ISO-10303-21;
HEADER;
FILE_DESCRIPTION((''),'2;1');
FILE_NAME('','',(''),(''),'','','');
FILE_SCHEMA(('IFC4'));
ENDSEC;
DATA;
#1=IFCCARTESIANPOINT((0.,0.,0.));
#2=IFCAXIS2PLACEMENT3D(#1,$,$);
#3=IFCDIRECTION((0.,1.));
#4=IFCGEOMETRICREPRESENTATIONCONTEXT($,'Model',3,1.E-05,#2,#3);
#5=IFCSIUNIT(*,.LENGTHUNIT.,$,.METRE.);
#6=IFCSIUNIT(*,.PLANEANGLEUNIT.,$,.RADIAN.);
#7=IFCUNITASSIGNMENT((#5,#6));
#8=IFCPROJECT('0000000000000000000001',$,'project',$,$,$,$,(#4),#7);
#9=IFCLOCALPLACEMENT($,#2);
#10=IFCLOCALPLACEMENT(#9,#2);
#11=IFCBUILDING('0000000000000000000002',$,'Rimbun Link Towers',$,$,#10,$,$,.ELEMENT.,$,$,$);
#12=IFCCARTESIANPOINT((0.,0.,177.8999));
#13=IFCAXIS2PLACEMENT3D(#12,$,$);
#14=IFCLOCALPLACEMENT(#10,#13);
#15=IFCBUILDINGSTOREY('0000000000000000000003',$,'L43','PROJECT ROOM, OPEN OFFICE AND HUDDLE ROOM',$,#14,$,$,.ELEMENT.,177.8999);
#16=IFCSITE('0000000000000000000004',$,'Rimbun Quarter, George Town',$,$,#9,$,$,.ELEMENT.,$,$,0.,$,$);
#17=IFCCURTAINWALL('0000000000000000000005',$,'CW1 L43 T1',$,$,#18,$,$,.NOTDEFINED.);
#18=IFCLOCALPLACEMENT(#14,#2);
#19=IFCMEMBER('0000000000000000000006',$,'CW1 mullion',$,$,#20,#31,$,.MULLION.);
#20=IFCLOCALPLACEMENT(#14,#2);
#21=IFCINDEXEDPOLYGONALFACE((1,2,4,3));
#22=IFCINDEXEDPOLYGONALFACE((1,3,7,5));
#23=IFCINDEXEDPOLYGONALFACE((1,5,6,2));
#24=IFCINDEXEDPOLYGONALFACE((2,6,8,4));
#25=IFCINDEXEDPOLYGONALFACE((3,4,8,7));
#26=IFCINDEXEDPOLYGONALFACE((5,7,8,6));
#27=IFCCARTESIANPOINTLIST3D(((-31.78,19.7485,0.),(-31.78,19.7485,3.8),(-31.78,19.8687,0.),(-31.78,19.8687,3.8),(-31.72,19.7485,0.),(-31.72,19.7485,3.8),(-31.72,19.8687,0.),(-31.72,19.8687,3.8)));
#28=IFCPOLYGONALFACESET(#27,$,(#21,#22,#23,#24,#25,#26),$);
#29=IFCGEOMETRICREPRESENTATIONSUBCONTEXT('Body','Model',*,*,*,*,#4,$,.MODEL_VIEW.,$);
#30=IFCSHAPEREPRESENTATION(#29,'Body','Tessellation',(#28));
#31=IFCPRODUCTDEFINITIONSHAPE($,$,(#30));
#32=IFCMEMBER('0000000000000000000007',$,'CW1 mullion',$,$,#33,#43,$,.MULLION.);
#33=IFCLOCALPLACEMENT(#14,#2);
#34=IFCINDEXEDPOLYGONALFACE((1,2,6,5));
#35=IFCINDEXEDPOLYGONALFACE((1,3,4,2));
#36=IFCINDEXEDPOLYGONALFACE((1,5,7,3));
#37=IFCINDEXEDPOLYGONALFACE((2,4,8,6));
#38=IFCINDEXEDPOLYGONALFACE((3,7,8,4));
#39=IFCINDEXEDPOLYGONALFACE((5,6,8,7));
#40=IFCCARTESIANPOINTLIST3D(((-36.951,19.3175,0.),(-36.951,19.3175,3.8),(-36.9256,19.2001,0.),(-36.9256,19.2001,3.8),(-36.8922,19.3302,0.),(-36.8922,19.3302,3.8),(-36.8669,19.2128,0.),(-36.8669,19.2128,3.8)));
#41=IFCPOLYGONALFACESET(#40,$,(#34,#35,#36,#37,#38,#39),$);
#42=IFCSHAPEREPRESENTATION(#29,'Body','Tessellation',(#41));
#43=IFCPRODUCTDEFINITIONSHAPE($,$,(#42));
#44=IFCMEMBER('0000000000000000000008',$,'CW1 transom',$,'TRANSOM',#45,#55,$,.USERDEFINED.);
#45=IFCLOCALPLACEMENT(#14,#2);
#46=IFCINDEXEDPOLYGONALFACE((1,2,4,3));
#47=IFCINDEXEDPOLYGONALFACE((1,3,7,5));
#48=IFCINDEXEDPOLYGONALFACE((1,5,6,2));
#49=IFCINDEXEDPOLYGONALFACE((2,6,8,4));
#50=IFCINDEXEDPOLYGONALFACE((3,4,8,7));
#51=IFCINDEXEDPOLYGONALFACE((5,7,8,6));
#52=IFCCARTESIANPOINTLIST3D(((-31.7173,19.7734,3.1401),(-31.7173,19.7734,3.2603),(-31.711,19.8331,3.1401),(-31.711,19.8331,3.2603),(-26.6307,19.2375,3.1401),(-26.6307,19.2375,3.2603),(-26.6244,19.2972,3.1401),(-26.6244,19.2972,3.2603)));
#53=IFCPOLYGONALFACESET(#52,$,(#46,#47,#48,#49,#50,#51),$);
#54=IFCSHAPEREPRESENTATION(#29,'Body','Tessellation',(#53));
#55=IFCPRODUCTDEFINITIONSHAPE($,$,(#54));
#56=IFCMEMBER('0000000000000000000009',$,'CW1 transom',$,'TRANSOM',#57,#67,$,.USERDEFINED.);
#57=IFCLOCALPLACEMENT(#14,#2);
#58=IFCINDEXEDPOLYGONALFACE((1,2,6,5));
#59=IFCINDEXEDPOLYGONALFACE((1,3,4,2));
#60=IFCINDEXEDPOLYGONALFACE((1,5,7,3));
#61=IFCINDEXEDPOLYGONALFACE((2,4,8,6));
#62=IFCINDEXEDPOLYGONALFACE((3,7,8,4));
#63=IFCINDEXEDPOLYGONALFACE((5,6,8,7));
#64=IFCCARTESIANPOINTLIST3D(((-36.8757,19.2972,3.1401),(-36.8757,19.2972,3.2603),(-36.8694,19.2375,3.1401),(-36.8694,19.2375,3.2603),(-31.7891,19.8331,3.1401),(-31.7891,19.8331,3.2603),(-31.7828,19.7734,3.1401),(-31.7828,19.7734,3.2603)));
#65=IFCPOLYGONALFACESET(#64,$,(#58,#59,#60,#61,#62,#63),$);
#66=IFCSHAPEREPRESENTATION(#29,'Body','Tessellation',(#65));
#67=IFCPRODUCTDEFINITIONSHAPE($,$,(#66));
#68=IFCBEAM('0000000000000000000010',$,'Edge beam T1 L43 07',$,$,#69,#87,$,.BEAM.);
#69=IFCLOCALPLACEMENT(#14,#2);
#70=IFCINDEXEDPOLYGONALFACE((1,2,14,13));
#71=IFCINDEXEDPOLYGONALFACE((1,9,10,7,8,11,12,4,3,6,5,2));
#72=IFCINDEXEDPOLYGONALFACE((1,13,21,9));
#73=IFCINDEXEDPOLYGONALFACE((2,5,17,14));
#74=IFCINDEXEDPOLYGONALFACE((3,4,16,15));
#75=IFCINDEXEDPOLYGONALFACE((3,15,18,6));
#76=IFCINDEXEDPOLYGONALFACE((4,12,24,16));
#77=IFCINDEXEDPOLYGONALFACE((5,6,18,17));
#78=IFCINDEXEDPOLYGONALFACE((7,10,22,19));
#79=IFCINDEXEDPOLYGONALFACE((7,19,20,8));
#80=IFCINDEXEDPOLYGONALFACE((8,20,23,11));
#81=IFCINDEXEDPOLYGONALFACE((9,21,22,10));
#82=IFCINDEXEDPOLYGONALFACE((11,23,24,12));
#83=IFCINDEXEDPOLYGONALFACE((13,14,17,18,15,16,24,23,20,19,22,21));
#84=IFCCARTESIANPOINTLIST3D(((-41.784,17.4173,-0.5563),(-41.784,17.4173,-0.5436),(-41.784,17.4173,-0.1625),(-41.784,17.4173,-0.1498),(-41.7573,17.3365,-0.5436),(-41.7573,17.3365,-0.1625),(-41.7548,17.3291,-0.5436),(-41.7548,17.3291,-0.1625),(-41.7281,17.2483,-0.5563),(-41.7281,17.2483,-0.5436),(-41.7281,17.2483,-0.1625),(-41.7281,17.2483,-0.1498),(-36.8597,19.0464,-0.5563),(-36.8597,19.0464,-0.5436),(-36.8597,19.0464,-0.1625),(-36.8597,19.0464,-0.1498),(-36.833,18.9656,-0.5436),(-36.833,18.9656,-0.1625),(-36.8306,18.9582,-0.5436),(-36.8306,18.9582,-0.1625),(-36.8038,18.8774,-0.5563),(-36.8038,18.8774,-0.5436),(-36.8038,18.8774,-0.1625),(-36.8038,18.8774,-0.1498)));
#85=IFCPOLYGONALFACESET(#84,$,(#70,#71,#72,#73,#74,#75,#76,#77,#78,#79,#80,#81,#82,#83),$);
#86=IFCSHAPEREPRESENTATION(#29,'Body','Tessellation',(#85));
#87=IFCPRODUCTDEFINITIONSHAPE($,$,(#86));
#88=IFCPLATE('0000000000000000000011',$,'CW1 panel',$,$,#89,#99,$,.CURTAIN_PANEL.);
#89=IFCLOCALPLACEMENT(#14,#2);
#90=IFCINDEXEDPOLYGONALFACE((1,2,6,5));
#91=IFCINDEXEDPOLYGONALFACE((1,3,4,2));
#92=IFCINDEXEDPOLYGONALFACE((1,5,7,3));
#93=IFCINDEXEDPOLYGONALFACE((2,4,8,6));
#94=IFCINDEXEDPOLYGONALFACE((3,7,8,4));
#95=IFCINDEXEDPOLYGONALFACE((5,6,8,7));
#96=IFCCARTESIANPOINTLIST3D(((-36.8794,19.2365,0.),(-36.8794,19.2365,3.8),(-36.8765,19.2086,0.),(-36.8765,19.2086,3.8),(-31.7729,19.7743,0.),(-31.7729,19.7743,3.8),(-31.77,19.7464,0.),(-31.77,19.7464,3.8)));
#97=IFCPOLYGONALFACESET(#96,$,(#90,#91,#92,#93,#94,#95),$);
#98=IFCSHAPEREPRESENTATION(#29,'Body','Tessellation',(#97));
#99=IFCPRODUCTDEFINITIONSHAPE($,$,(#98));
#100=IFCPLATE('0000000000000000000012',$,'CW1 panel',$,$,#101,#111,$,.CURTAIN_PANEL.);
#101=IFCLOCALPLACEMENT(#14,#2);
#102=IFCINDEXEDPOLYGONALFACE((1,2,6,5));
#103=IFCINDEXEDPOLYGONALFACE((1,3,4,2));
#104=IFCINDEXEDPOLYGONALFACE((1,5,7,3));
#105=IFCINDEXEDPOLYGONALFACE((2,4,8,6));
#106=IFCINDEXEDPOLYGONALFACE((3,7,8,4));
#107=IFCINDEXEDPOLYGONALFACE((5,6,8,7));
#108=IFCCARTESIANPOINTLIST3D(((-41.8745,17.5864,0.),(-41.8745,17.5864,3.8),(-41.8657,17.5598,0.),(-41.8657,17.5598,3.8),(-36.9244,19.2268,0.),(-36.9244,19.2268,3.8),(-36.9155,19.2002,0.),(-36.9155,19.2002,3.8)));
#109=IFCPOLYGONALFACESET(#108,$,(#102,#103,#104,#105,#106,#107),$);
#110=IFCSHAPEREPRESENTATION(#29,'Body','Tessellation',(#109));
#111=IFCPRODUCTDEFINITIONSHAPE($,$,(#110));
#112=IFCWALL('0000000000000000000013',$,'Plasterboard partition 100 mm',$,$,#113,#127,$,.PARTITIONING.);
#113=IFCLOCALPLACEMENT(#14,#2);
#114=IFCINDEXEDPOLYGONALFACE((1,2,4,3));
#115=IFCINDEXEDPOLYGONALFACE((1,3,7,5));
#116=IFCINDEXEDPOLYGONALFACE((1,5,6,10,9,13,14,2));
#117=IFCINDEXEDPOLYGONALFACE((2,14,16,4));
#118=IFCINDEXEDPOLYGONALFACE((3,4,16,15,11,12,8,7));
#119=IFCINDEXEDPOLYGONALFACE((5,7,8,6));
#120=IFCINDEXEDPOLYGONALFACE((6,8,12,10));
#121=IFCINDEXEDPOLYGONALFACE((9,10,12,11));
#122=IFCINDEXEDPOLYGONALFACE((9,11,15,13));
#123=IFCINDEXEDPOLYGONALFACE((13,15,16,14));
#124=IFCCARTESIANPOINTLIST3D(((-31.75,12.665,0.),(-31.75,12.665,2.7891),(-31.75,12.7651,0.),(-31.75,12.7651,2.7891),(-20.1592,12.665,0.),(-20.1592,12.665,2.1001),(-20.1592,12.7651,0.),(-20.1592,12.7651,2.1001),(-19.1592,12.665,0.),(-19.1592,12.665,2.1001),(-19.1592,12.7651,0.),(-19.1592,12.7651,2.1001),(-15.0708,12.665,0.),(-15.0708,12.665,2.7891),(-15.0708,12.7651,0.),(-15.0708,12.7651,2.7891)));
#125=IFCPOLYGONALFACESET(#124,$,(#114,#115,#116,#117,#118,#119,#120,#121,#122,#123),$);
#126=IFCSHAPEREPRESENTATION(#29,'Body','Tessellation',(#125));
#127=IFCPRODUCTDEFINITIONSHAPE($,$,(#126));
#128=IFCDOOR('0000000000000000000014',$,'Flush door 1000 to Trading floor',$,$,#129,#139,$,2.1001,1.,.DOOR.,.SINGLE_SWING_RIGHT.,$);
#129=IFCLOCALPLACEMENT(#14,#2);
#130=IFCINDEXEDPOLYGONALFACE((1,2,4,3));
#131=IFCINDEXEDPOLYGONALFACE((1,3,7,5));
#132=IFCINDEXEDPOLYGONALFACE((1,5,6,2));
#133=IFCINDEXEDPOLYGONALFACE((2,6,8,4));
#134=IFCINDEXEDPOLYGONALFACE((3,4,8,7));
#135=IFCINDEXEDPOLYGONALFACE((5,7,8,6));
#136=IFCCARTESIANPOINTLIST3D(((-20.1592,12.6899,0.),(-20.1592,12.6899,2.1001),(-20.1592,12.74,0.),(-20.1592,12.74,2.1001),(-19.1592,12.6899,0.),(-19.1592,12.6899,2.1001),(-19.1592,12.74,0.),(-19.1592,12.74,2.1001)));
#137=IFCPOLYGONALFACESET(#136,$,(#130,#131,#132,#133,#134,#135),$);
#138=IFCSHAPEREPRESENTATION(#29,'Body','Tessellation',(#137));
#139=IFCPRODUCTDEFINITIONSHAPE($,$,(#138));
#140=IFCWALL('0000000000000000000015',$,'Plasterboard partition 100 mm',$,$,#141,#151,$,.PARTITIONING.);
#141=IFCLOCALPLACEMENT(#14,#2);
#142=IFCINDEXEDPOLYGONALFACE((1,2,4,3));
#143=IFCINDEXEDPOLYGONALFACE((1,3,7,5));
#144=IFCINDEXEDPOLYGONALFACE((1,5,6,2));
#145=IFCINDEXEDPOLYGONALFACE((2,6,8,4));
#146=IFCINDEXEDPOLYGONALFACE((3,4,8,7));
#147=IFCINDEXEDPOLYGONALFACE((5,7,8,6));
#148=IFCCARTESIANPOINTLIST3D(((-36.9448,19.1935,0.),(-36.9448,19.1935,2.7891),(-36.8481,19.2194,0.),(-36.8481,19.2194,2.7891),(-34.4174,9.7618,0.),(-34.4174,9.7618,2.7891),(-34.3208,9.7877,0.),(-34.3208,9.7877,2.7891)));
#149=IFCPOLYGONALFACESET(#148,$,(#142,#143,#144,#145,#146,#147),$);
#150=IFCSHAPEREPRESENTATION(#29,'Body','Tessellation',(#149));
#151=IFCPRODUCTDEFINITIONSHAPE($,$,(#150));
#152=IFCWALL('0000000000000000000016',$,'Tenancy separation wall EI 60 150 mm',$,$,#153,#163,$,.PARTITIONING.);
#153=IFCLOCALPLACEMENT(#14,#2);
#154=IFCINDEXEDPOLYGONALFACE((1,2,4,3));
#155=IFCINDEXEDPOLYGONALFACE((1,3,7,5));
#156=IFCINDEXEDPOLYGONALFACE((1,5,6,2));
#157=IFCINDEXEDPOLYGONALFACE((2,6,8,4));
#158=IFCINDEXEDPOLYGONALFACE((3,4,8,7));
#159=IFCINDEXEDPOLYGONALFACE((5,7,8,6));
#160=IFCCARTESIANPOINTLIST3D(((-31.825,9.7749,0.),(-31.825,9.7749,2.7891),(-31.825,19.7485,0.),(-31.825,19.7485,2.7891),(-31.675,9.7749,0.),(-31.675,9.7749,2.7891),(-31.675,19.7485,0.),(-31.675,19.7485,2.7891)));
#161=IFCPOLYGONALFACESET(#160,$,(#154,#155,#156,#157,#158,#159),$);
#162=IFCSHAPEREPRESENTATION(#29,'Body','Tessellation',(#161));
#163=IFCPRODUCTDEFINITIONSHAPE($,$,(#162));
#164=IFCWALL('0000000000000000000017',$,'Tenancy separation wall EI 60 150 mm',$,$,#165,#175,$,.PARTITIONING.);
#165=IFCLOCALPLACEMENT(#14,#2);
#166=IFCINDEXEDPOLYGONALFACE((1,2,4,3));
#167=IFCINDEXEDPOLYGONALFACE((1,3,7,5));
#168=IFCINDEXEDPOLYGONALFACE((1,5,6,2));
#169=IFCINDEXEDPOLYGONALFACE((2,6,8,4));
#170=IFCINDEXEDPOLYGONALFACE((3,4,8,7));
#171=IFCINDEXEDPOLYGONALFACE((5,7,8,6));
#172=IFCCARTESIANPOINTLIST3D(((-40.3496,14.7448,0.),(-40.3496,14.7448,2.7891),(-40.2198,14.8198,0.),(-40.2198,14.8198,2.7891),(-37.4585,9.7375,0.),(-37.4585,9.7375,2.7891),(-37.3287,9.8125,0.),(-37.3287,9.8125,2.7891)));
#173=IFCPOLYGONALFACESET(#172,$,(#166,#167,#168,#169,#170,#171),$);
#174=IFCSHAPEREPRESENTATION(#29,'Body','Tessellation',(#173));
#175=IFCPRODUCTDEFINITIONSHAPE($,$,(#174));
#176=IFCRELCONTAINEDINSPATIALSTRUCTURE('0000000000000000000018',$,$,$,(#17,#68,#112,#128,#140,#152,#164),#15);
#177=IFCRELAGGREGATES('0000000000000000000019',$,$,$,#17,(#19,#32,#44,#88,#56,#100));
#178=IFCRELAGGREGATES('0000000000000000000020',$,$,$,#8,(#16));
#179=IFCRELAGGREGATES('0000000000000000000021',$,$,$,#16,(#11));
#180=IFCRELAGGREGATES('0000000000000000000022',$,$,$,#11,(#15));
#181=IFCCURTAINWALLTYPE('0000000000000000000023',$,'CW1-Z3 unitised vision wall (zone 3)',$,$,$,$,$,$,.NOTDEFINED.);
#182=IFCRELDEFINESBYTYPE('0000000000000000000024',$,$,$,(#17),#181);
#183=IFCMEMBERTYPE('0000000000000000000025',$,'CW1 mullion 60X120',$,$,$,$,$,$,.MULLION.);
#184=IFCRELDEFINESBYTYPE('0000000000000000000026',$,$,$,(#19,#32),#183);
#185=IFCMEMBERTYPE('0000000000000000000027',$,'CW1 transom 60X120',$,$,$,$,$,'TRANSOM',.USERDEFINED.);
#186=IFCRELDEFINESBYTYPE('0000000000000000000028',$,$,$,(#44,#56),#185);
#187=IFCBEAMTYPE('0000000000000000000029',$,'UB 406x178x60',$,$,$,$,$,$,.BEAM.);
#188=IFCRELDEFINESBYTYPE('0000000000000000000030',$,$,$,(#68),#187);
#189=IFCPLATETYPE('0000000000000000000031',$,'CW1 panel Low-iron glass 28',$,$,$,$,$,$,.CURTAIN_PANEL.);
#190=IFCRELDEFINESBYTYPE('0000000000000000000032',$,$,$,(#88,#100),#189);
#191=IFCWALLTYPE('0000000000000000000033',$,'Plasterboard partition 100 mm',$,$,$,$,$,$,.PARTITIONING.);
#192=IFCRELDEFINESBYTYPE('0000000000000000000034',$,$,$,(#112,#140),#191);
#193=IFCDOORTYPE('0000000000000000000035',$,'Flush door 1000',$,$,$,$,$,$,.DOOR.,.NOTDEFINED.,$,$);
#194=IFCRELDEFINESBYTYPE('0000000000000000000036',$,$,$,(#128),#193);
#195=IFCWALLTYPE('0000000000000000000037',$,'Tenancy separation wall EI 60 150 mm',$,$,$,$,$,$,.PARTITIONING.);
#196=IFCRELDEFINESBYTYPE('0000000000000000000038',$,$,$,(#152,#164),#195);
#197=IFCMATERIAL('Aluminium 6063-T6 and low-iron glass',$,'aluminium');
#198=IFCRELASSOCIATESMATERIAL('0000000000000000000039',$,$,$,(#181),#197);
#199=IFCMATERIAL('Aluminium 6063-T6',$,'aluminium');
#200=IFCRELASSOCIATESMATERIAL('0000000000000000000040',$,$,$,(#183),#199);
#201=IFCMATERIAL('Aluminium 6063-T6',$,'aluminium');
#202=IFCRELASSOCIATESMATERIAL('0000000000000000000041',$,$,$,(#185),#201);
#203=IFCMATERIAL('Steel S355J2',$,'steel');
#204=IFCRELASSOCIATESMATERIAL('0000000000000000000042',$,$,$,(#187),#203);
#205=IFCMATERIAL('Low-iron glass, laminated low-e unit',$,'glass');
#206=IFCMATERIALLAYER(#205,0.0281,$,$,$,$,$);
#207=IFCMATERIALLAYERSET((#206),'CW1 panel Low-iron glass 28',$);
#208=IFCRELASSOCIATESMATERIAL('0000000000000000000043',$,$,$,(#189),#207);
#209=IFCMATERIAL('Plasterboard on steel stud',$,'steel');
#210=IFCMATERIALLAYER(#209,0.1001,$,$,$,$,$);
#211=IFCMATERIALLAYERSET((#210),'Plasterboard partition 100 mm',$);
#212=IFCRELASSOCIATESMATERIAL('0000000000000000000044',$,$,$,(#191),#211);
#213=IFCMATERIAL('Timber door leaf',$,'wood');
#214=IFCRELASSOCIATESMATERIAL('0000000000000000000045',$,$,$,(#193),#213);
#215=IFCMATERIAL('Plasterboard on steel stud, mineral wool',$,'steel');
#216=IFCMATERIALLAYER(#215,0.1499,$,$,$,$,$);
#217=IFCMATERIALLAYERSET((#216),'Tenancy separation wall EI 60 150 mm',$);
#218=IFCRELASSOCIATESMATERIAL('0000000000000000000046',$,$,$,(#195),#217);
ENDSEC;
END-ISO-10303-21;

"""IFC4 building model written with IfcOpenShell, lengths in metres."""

from ifc_helpers import new_model, si_unit, direction, frame, frame_2d, origin, origin_2d, place, context, subcontext, project, spatial, rectangle, i_section, extrude, material, layer, layer_set, material_profile, profile_set, type_object, element, fill, aggregate, save


model = new_model("IFC4")

# Units and contexts
model_context = context("Model", 3, precision=1e-05, world=origin(), true_north=direction((0.0, 1.0)))
body_context = subcontext(model_context, "Body", "Model", "MODEL_VIEW")
ifc_project = project(units=[si_unit("LENGTHUNIT", "METRE"), si_unit("PLANEANGLEUNIT", "RADIAN")], contexts=[model_context])

# Site, building, storey
site_placement = place(None, origin())
site = spatial("IfcSite", under=ifc_project, at=site_placement, Name="Rimbun Quarter, George Town", CompositionType="ELEMENT", RefElevation=0.0)
building_placement = place(site_placement, origin())
building = spatial("IfcBuilding", under=site, at=building_placement, Name="Rimbun Link Towers", CompositionType="ELEMENT")
storey_placement = place(building_placement, frame((0.0, 0.0, 177.8999)))
storey = spatial("IfcBuildingStorey", under=building, at=storey_placement, Name="L43", Description="PROJECT ROOM, OPEN OFFICE AND HUDDLE ROOM", CompositionType="ELEMENT", Elevation=177.8999)

# Curtain wall, members
ifc_material_1 = material(Name="Aluminium 6063-T6 and low-iron glass", Category="aluminium")
curtain_wall_type = type_object("IfcCurtainWallType", Name="CW1-Z3 unitised vision wall (zone 3)", PredefinedType="NOTDEFINED", material=ifc_material_1)
curtain_wall_placement = place(storey_placement, origin())
curtain_wall = element("IfcCurtainWall", 1, at=curtain_wall_placement, inside=storey, type_object=curtain_wall_type, Name="CW1 L43 T1", PredefinedType="NOTDEFINED")
ifc_material_2 = material(Name="Aluminium 6063-T6", Category="aluminium")
ifc_material_profile_1 = material_profile(ifc_material_2, rectangle(XDim=0.1201, YDim=0.0601, at=origin_2d()), Name="MULLION 60X120")
ifc_profile_set_1 = profile_set([ifc_material_profile_1], Name="Aluminium 6063-T6")
member_type_1 = type_object("IfcMemberType", Name="CW1 mullion 60X120", PredefinedType="MULLION", material=ifc_profile_set_1)
member_1_placement = place(storey_placement, frame((-31.75, 19.8086, 0.0), z_axis=(0.0, 0.0, 1.0), x_axis=(0.0, 1.0, 0.0)))
member_1 = element("IfcMember", 2, at=member_1_placement, type_object=member_type_1, Name="CW1 mullion", PredefinedType="MULLION", context=body_context, shape_type="SweptSolid", body=[
    extrude(rectangle(XDim=0.1201, YDim=0.0601, at=origin_2d()), origin(), (0.0, 0.0, 1.0), 3.8),
])
member_2_placement = place(storey_placement, frame((-36.9089, 19.2651, 0.0), z_axis=(0.0, 0.0, 1.0), x_axis=(-0.210867, 0.977515, 0.0)))
member_2 = element("IfcMember", 3, at=member_2_placement, type_object=member_type_1, Name="CW1 mullion", PredefinedType="MULLION", context=body_context, shape_type="SweptSolid", body=[
    extrude(rectangle(XDim=0.1201, YDim=0.0601, at=origin_2d()), origin(), (0.0, 0.0, 1.0), 3.8),
])
ifc_material_3 = material(Name="Aluminium 6063-T6", Category="aluminium")
ifc_material_profile_2 = material_profile(ifc_material_3, rectangle(XDim=0.0601, YDim=0.1201, at=origin_2d()), Name="TRANSOM 60X120")
ifc_profile_set_2 = profile_set([ifc_material_profile_2], Name="Aluminium 6063-T6")
member_type_2 = type_object("IfcMemberType", Name="CW1 transom 60X120", ElementType="TRANSOM", PredefinedType="USERDEFINED", material=ifc_profile_set_2)
member_3_placement = place(storey_placement, frame((-31.7141, 19.8032, 3.2002), z_axis=(0.994496, -0.104772, 0.0), x_axis=(0.104772, 0.994496, 0.0)))
member_3 = element("IfcMember", 4, at=member_3_placement, type_object=member_type_2, Name="CW1 transom", ObjectType="TRANSOM", PredefinedType="USERDEFINED", context=body_context, shape_type="SweptSolid", body=[
    extrude(rectangle(XDim=0.0601, YDim=0.1201, at=origin_2d()), origin(), (0.0, 0.0, 1.0), 5.1147),
])
member_4_placement = place(storey_placement, frame((-36.8726, 19.2673, 3.2002), z_axis=(0.994496, 0.104772, 0.0), x_axis=(-0.104772, 0.994496, 0.0)))
member_4 = element("IfcMember", 5, at=member_4_placement, type_object=member_type_2, Name="CW1 transom", ObjectType="TRANSOM", PredefinedType="USERDEFINED", context=body_context, shape_type="SweptSolid", body=[
    extrude(rectangle(XDim=0.0601, YDim=0.1201, at=origin_2d()), origin(), (0.0, 0.0, 1.0), 5.1147),
])

# Beam
ifc_material_4 = material(Name="Steel S355J2", Category="steel")
ifc_material_profile_3 = material_profile(ifc_material_4, i_section(OverallWidth=0.178, OverallDepth=0.4065, WebThickness=0.0078, FlangeThickness=0.0127, at=origin_2d()), Name="UB 406x178x60")
ifc_profile_set_3 = profile_set([ifc_material_profile_3], Name="Steel S355J2")
beam_type = type_object("IfcBeamType", Name="UB 406x178x60", PredefinedType="BEAM", material=ifc_profile_set_3)
beam_placement = place(storey_placement, frame((-36.8318, 18.9619, -0.353), z_axis=(-0.949392, -0.314095, 0.0), x_axis=(0.314095, -0.949392, 0.0)))
element("IfcBeam", 6, at=beam_placement, inside=storey, type_object=beam_type, Name="Edge beam T1 L43 07", PredefinedType="BEAM", context=body_context, shape_type="SweptSolid", body=[
    extrude(i_section(OverallWidth=0.178, OverallDepth=0.4065, WebThickness=0.0078, FlangeThickness=0.0127, at=origin_2d()), origin(), (0.0, 0.0, 1.0), 5.1868),
])

# Plates
ifc_material_5 = material(Name="Low-iron glass, laminated low-e unit", Category="glass")
ifc_layer_1 = layer(ifc_material_5, 0.0281)
ifc_layer_set_1 = layer_set([ifc_layer_1], Name="CW1 panel Low-iron glass 28")
plate_type = type_object("IfcPlateType", Name="CW1 panel Low-iron glass 28", PredefinedType="CURTAIN_PANEL", material=ifc_layer_set_1)
plate_1_placement = place(storey_placement, frame((-34.3247, 19.4915, 0.0), z_axis=(0.0, 0.0, 1.0), x_axis=(0.9945, 0.104737, 0.0)))
plate_1 = element("IfcPlate", 7, at=plate_1_placement, type_object=plate_type, Name="CW1 panel", PredefinedType="CURTAIN_PANEL", context=body_context, shape_type="SweptSolid", body=[
    extrude(rectangle(XDim=5.1348, YDim=0.0281, at=origin_2d()), origin(), (0.0, 0.0, 1.0), 3.8),
])
plate_2_placement = place(storey_placement, frame((-39.395, 18.3933, 0.0), z_axis=(0.0, 0.0, 1.0), x_axis=(0.949237, 0.31456, 0.0)))
plate_2 = element("IfcPlate", 8, at=plate_2_placement, type_object=plate_type, Name="CW1 panel", PredefinedType="CURTAIN_PANEL", context=body_context, shape_type="SweptSolid", body=[
    extrude(rectangle(XDim=5.2148, YDim=0.0281, at=origin_2d()), origin(), (0.0, 0.0, 1.0), 3.8),
])
aggregate(curtain_wall, [member_1, member_2, member_3, plate_1, member_4, plate_2])

# Wall, opening, door
ifc_material_6 = material(Name="Plasterboard on steel stud", Category="steel")
ifc_layer_2 = layer(ifc_material_6, 0.1001)
ifc_layer_set_2 = layer_set([ifc_layer_2], Name="Plasterboard partition 100 mm")
wall_type_1 = type_object("IfcWallType", Name="Plasterboard partition 100 mm", PredefinedType="PARTITIONING", material=ifc_layer_set_2)
wall_1_placement = place(storey_placement, frame((-31.75, 12.7151, 0.0), z_axis=(0.0, 0.0, 1.0), x_axis=(1.0, 0.0, 0.0)))
wall_1 = element("IfcWall", 9, at=wall_1_placement, inside=storey, type_object=wall_type_1, Name="Plasterboard partition 100 mm", PredefinedType="PARTITIONING", context=body_context, shape_type="SweptSolid", body=[
    extrude(rectangle(XDim=16.6792, YDim=0.1001, at=frame_2d((8.3396, 0.0))), origin(), (0.0, 0.0, 1.0), 2.7891),
])
opening_placement = place(wall_1_placement, frame((11.5908, 0.0, 0.0)))
opening = element("IfcOpeningElement", 10, at=opening_placement, cuts=wall_1, PredefinedType="OPENING", context=body_context, shape_type="SweptSolid", body=[
    extrude(rectangle(XDim=1.0, YDim=2.1001, at=frame_2d((0.5, 1.05))), frame((0.0, 0.0601, 0.0), z_axis=(0.0, -1.0, 0.0), x_axis=(1.0, 0.0, 0.0)), (0.0, 0.0, 1.0), 0.1201),
])
ifc_material_7 = material(Name="Timber door leaf", Category="wood")
door_type = type_object("IfcDoorType", Name="Flush door 1000", OperationType="NOTDEFINED", PredefinedType="DOOR", material=ifc_material_7)
door_placement = place(opening_placement, origin())
door = element("IfcDoor", 11, at=door_placement, inside=storey, type_object=door_type, Name="Flush door 1000 to Trading floor", OperationType="SINGLE_SWING_RIGHT", OverallHeight=2.1001, OverallWidth=1.0, PredefinedType="DOOR", context=body_context, shape_type="SweptSolid", body=[
    extrude(rectangle(XDim=1.0, YDim=2.1001, at=frame_2d((0.5, 1.05))), frame((0.0, 0.0249, 0.0), z_axis=(0.0, -1.0, 0.0), x_axis=(1.0, 0.0, 0.0)), (0.0, 0.0, 1.0), 0.05),
])
fill(opening, door)

# Walls
wall_2_placement = place(storey_placement, frame((-36.8965, 19.2065, 0.0), z_axis=(0.0, 0.0, 1.0), x_axis=(0.258833, -0.965922, 0.0)))
element("IfcWall", 12, at=wall_2_placement, inside=storey, type_object=wall_type_1, Name="Plasterboard partition 100 mm", PredefinedType="PARTITIONING", context=body_context, shape_type="SweptSolid", body=[
    extrude(rectangle(XDim=9.7644, YDim=0.1001, at=frame_2d((4.8823, 0.0))), origin(), (0.0, 0.0, 1.0), 2.7891),
])
ifc_material_8 = material(Name="Plasterboard on steel stud, mineral wool", Category="steel")
ifc_layer_3 = layer(ifc_material_8, 0.1499)
ifc_layer_set_3 = layer_set([ifc_layer_3], Name="Tenancy separation wall EI 60 150 mm")
wall_type_2 = type_object("IfcWallType", Name="Tenancy separation wall EI 60 150 mm", PredefinedType="PARTITIONING", material=ifc_layer_set_3)
wall_3_placement = place(storey_placement, frame((-31.75, 9.7749, 0.0), z_axis=(0.0, 0.0, 1.0), x_axis=(0.0, 1.0, 0.0)))
element("IfcWall", 13, at=wall_3_placement, inside=storey, type_object=wall_type_2, Name="Tenancy separation wall EI 60 150 mm", PredefinedType="PARTITIONING", context=body_context, shape_type="SweptSolid", body=[
    extrude(rectangle(XDim=9.9736, YDim=0.1499, at=frame_2d((4.9868, 0.0))), origin(), (0.0, 0.0, 1.0), 2.7891),
])
wall_4_placement = place(storey_placement, frame((-37.3936, 9.7749, 0.0), z_axis=(0.0, 0.0, 1.0), x_axis=(-0.500017, 0.866015, 0.0)))
element("IfcWall", 14, at=wall_4_placement, inside=storey, type_object=wall_type_2, Name="Tenancy separation wall EI 60 150 mm", PredefinedType="PARTITIONING", context=body_context, shape_type="SweptSolid", body=[
    extrude(rectangle(XDim=5.782, YDim=0.1499, at=frame_2d((2.8911, 0.0))), origin(), (0.0, 0.0, 1.0), 2.7891),
])

save(model, "model.ifc")
